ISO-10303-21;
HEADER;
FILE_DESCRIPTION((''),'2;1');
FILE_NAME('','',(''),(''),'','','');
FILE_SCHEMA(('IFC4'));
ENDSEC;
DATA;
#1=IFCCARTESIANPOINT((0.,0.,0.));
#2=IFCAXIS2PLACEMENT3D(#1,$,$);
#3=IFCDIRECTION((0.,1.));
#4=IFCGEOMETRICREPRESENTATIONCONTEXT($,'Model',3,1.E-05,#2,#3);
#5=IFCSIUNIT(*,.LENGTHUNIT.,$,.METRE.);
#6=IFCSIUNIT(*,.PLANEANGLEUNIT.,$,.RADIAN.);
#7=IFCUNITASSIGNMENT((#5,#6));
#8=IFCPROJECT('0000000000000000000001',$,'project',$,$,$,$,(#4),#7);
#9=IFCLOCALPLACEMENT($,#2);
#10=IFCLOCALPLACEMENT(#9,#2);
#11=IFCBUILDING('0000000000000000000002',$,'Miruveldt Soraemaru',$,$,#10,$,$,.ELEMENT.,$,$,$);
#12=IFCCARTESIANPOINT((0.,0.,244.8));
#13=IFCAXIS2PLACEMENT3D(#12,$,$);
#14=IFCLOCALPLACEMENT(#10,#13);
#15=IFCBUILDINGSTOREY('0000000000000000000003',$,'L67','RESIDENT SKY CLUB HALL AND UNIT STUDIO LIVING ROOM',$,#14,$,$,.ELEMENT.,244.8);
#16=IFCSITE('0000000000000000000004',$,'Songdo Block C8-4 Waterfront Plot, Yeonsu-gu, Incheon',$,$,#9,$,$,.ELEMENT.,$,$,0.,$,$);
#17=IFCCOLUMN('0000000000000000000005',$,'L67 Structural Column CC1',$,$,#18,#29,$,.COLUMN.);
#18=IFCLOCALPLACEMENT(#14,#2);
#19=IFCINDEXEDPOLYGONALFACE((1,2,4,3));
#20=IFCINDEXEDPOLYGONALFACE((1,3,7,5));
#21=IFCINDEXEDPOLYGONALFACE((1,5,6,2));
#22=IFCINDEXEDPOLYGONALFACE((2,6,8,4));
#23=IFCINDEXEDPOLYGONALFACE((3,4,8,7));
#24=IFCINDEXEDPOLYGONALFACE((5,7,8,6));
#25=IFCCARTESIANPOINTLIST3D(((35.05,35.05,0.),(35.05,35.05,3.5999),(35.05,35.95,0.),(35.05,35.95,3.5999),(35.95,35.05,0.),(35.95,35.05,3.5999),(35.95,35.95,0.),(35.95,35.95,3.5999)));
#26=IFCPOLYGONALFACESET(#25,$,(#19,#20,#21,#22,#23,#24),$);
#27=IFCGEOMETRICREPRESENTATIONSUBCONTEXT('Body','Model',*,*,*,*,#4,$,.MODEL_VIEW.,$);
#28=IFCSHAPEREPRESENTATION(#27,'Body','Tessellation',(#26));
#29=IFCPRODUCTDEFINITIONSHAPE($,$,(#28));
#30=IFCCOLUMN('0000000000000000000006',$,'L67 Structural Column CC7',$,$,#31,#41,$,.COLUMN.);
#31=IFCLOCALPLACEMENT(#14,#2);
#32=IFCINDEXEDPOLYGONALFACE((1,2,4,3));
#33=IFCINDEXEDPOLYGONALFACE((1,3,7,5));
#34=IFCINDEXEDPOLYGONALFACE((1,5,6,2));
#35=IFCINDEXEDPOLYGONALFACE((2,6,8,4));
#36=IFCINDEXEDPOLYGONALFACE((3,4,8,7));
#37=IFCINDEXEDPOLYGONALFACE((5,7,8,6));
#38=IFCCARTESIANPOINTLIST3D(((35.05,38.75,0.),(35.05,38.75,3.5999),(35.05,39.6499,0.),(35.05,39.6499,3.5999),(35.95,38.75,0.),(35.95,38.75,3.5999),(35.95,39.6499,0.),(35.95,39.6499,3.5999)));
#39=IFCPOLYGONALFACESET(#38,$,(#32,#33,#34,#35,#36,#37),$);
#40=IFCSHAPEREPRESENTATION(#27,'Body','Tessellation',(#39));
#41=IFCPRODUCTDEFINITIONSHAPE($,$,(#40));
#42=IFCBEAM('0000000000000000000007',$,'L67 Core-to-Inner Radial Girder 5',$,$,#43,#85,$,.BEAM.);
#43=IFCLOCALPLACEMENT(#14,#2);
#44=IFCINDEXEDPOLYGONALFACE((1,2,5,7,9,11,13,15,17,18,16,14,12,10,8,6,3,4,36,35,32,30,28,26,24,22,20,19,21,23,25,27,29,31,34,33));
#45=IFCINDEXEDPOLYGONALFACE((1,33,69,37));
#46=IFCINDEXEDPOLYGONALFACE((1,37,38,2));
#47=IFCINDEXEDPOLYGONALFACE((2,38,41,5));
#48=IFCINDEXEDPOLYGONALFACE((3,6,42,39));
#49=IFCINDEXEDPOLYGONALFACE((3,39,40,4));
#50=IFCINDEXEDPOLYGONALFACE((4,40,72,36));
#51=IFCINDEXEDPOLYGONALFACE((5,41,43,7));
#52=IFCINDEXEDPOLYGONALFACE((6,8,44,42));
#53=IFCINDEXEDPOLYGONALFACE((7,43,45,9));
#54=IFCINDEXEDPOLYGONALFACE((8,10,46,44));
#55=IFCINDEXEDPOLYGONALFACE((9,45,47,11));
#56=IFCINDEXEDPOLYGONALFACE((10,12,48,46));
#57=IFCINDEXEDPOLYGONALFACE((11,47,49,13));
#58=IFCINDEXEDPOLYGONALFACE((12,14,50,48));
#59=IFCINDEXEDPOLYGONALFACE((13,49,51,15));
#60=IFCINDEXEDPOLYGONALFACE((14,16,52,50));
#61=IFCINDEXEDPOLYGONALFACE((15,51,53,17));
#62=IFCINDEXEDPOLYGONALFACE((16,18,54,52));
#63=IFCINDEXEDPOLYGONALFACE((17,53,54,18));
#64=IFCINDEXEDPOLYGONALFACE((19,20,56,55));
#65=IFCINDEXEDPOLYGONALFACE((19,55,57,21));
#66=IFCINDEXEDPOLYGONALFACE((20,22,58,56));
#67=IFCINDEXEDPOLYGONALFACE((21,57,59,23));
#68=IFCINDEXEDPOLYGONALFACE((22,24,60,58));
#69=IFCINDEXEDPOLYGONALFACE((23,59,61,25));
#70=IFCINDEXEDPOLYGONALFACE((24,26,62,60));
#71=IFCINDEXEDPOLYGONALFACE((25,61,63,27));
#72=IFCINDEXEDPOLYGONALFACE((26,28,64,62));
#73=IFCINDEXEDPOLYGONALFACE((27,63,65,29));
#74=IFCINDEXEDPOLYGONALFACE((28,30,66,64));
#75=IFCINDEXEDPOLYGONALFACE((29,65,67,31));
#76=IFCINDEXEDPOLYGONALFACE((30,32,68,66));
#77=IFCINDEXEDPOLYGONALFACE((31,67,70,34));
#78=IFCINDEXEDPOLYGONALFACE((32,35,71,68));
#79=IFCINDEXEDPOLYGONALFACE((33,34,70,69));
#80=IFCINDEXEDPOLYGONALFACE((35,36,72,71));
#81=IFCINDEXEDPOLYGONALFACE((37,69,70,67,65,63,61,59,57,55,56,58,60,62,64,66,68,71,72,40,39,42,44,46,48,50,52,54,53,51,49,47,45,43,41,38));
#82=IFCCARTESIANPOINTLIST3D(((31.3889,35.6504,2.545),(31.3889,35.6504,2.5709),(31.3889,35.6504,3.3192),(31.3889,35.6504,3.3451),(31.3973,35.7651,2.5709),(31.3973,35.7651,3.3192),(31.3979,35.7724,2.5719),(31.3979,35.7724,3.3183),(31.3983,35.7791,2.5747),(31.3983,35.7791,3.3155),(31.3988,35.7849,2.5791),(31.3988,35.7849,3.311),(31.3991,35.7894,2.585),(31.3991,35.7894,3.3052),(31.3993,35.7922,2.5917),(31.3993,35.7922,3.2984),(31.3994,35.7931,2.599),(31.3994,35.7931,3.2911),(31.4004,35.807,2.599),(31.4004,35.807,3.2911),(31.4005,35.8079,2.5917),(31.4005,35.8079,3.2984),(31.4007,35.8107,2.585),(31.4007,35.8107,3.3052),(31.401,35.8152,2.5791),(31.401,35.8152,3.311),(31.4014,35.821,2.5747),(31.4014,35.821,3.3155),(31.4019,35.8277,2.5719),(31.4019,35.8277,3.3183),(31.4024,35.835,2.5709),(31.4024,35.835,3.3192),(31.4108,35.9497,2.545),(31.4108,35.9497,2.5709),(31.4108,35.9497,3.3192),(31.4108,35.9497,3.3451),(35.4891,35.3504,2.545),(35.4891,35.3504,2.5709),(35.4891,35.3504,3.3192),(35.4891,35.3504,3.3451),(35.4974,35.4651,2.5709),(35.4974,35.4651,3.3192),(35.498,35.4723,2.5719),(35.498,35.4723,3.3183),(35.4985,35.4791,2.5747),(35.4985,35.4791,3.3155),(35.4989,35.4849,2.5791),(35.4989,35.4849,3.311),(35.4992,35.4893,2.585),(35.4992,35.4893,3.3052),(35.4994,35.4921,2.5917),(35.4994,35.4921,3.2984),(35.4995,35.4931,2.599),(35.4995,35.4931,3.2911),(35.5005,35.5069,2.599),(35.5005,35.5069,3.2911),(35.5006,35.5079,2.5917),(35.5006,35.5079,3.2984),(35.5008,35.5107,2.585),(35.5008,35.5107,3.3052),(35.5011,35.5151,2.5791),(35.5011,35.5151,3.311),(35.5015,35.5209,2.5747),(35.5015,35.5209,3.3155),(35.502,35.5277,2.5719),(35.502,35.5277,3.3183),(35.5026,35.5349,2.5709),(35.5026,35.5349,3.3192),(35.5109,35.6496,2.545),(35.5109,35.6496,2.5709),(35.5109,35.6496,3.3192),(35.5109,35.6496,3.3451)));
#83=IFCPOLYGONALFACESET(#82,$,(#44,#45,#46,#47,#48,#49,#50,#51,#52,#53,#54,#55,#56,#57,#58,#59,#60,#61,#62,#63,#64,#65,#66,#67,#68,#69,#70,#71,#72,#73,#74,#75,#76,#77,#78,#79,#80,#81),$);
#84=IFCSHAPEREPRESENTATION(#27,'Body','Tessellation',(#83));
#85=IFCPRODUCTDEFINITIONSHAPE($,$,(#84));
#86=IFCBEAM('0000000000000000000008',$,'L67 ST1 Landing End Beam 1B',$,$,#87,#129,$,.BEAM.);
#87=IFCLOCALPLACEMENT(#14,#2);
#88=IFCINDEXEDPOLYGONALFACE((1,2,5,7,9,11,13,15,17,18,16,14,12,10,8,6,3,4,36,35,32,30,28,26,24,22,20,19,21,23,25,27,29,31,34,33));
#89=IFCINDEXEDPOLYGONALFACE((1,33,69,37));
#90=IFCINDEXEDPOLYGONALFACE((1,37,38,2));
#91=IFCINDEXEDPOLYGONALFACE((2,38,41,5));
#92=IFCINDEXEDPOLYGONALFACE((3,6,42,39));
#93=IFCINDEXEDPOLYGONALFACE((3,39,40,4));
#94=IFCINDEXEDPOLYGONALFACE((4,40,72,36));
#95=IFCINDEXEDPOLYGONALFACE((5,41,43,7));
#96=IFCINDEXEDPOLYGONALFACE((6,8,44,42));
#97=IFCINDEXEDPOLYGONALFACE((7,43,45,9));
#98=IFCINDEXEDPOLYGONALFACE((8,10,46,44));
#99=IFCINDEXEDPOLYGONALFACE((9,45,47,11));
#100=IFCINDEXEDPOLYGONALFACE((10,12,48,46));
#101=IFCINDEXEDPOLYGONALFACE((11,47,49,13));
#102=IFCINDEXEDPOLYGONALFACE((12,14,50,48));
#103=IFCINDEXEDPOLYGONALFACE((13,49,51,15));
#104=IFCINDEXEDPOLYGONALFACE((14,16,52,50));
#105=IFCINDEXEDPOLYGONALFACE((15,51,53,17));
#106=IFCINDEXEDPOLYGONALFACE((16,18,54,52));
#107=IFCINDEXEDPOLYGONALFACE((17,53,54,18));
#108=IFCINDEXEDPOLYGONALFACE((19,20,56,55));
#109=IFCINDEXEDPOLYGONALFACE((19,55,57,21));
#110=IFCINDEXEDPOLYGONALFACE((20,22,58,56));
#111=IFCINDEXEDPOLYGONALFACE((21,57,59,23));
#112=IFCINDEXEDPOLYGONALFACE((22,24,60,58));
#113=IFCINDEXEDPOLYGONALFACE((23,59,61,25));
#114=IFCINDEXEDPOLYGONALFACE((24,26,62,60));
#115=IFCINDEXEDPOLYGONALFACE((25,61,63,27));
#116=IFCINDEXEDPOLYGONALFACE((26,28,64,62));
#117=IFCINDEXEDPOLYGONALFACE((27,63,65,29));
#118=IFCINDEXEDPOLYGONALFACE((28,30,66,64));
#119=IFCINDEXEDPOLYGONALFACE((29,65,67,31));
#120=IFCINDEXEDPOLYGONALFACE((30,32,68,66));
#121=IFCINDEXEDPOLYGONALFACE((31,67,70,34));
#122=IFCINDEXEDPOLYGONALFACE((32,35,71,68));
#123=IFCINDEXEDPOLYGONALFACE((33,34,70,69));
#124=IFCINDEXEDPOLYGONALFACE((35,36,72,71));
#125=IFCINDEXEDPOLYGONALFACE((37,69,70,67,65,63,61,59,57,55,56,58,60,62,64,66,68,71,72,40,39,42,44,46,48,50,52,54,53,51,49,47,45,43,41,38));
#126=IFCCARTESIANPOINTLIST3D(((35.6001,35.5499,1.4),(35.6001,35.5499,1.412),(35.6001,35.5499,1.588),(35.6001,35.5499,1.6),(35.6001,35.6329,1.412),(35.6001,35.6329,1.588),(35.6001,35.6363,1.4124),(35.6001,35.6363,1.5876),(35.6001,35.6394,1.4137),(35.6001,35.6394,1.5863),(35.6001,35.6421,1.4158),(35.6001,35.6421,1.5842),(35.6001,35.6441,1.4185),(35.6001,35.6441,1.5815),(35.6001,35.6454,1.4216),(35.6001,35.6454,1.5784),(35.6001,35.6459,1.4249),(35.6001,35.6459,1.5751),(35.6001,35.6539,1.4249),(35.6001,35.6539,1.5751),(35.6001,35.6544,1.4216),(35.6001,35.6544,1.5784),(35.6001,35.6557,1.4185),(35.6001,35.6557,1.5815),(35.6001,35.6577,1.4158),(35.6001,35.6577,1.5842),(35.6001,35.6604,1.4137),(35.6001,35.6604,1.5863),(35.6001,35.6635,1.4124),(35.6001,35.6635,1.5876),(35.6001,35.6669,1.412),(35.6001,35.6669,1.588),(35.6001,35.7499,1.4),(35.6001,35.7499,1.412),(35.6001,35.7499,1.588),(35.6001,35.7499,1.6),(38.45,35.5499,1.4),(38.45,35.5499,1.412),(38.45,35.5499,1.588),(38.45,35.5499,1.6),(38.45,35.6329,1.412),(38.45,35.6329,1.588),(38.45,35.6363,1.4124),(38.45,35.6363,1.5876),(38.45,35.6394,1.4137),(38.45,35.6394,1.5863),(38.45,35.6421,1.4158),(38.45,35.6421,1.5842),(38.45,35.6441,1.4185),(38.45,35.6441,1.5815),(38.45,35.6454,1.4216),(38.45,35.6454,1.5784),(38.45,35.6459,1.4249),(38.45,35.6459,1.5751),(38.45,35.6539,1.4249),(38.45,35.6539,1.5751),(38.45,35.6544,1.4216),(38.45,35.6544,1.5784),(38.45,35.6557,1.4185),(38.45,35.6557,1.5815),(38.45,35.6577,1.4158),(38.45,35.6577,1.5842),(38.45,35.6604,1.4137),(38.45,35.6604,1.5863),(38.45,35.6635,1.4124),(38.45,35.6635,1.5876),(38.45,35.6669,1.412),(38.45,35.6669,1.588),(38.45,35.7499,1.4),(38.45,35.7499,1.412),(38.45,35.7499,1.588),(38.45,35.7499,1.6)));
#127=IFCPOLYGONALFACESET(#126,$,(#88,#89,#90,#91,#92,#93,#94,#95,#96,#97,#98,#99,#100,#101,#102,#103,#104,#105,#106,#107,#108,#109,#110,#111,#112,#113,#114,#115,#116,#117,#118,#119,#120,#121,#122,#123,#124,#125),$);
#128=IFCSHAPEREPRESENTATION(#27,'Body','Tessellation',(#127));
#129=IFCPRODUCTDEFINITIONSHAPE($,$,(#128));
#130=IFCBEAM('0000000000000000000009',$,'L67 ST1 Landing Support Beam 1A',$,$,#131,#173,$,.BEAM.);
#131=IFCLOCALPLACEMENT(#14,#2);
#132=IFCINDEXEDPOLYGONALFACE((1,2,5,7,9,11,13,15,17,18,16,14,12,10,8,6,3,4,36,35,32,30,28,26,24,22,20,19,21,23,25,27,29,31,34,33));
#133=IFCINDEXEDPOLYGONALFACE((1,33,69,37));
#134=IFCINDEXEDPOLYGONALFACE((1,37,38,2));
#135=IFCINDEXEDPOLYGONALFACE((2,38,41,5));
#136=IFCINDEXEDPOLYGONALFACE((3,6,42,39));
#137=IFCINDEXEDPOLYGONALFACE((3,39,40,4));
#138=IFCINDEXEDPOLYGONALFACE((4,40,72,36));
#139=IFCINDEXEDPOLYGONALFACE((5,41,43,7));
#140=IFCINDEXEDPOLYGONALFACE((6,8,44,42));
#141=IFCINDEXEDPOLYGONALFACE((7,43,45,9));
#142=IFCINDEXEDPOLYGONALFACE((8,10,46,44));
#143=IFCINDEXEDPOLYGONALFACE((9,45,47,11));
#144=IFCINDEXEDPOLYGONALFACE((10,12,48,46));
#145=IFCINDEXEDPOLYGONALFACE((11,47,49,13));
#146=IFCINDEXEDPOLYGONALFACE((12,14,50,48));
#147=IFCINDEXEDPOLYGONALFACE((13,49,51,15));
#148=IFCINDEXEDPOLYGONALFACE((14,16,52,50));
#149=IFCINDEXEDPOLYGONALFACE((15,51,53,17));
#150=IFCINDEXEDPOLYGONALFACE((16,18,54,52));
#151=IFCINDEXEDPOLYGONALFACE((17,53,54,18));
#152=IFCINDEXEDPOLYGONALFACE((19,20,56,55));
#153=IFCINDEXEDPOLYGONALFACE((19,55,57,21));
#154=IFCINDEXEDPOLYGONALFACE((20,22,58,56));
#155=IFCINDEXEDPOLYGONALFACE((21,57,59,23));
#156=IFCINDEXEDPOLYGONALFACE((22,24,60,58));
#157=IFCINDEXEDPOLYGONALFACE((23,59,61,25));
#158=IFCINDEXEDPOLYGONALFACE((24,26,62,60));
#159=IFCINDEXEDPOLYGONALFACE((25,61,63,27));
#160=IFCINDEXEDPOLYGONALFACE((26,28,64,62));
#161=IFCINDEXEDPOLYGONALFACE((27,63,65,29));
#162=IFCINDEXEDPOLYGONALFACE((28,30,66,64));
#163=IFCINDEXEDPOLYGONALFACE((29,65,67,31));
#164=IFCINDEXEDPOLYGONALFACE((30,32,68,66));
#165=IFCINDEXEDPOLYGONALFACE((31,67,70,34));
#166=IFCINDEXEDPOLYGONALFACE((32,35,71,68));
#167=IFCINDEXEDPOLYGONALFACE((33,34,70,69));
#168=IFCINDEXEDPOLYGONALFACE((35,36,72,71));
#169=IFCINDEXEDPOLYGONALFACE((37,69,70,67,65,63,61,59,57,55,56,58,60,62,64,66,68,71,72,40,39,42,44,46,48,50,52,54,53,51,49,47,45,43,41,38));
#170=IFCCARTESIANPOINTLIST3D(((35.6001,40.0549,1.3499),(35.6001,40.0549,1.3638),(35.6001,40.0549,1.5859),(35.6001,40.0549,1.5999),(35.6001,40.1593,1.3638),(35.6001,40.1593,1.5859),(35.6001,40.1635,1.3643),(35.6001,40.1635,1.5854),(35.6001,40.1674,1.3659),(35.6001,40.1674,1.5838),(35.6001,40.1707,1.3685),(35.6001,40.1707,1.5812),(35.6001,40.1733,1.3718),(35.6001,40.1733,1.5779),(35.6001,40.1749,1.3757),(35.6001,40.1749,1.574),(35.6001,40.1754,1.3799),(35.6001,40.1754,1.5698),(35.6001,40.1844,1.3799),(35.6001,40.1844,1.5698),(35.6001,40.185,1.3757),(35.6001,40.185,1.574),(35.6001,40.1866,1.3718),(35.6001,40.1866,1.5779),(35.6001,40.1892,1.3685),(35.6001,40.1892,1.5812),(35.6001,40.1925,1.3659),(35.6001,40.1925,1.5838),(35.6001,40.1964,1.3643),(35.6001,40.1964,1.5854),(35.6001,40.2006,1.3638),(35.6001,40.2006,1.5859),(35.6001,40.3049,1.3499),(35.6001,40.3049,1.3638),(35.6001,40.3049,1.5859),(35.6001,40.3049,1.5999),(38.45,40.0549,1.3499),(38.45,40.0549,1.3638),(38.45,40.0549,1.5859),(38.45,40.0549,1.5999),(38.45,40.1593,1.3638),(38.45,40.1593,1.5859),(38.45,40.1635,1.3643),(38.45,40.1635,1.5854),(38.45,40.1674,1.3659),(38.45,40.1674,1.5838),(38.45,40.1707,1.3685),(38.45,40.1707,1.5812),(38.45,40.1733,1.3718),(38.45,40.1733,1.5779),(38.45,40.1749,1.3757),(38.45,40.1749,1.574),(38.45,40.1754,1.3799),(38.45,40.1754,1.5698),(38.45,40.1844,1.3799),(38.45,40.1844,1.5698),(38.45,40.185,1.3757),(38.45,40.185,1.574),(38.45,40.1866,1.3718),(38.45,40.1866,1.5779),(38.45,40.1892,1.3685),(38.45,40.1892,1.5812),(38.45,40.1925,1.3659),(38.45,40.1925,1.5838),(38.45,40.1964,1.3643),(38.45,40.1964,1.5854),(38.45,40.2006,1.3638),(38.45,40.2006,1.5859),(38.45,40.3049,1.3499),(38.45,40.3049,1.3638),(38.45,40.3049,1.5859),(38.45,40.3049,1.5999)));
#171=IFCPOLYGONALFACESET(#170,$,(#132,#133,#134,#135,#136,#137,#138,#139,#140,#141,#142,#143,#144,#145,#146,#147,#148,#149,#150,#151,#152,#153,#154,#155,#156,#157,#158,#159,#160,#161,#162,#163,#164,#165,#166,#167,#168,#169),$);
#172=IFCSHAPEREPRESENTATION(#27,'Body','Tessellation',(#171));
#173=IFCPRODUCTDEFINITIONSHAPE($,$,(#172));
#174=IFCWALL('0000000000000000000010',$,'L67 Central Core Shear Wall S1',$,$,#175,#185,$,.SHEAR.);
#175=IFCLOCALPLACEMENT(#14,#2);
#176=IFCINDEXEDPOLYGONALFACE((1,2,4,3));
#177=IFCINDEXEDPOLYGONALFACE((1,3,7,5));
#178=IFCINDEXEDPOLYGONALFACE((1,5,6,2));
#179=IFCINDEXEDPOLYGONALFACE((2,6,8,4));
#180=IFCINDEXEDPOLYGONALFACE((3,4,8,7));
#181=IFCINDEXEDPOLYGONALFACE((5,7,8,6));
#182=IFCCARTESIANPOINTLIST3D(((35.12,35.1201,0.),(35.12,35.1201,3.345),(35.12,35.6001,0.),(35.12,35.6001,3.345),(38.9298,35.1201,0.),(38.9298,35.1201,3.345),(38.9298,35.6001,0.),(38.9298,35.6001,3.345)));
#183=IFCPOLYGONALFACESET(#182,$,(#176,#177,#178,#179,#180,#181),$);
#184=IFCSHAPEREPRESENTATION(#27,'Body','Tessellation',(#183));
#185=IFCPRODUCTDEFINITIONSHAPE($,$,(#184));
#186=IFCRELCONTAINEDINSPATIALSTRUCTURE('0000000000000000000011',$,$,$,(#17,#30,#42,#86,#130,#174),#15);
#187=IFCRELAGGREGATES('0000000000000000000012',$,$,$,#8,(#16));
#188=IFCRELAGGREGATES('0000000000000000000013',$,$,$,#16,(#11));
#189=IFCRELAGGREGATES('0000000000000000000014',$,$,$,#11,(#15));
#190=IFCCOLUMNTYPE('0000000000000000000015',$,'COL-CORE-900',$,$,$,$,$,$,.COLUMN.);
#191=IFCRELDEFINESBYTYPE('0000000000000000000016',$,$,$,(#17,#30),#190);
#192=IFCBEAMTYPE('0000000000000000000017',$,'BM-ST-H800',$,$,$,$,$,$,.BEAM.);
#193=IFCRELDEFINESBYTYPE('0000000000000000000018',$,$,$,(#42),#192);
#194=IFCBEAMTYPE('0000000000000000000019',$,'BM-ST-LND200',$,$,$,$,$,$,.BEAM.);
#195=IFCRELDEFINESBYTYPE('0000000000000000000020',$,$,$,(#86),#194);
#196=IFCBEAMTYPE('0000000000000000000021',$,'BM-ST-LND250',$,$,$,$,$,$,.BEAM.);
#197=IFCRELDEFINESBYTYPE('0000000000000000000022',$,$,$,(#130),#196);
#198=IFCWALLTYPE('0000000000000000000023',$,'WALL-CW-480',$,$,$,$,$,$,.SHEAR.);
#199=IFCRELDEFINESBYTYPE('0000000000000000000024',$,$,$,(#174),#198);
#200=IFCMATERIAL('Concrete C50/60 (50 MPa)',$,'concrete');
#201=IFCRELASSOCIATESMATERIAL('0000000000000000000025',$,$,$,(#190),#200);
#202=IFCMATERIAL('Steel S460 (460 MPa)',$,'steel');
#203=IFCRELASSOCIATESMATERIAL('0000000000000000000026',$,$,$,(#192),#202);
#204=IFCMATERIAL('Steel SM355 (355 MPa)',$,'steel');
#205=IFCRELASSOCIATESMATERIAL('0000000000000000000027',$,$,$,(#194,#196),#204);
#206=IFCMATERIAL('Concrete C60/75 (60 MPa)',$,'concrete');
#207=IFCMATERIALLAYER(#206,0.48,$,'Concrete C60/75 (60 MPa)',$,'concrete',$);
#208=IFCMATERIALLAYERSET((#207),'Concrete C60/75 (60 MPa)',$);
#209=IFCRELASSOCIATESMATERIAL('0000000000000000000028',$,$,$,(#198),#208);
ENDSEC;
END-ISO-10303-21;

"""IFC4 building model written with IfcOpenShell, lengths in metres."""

from ifc_helpers import new_model, si_unit, direction, frame, frame_2d, origin, origin_2d, place, context, subcontext, project, spatial, rectangle, i_section, extrude, material, layer, layer_set, material_profile, profile_set, type_object, element, save


model = new_model("IFC4")

# Units and contexts
model_context = context("Model", 3, precision=1e-05, world=origin(), true_north=direction((0.0, 1.0)))
body_context = subcontext(model_context, "Body", "Model", "MODEL_VIEW")
ifc_project = project(units=[si_unit("LENGTHUNIT", "METRE"), si_unit("PLANEANGLEUNIT", "RADIAN")], contexts=[model_context])

# Site, building, storey
site_placement = place(None, origin())
site = spatial("IfcSite", under=ifc_project, at=site_placement, Name="Songdo Block C8-4 Waterfront Plot, Yeonsu-gu, Incheon", CompositionType="ELEMENT", RefElevation=0.0)
building_placement = place(site_placement, origin())
building = spatial("IfcBuilding", under=site, at=building_placement, Name="Miruveldt Soraemaru", CompositionType="ELEMENT")
storey_placement = place(building_placement, frame((0.0, 0.0, 244.8)))
storey = spatial("IfcBuildingStorey", under=building, at=storey_placement, Name="L67", Description="RESIDENT SKY CLUB HALL AND UNIT STUDIO LIVING ROOM", CompositionType="ELEMENT", Elevation=244.8)

# Columns
ifc_material_1 = material(Name="Concrete C50/60 (50 MPa)", Category="concrete")
ifc_material_profile_1 = material_profile(ifc_material_1, rectangle(XDim=0.8999, YDim=0.8999, at=origin_2d()), Name="Concrete C50/60 (50 MPa)", Category="concrete")
ifc_profile_set_1 = profile_set([ifc_material_profile_1], Name="Concrete C50/60 (50 MPa)")
column_type = type_object("IfcColumnType", Name="COL-CORE-900", PredefinedType="COLUMN", material=ifc_profile_set_1)
for number, where, z_axis, x_axis, name in (
    (1, (35.5, 35.5, 0.0), (0.0, 0.0, 1.0), (1.0, 0.0, 0.0), "L67 Structural Column CC1"),
    (2, (35.5, 39.2, 0.0), (0.0, 0.0, 1.0), (1.0, 0.0, 0.0), "L67 Structural Column CC7"),
):
    element("IfcColumn", number, at=place(storey_placement, frame(where, z_axis=z_axis, x_axis=x_axis)), inside=storey, type_object=column_type, Name=name, PredefinedType="COLUMN", context=body_context, shape_type="SweptSolid", body=[
        extrude(rectangle(XDim=0.8999, YDim=0.8999, at=origin_2d()), origin(), (0.0, 0.0, 1.0), 3.5999),
    ])

# Beams
ifc_material_2 = material(Name="Steel S460 (460 MPa)", Category="steel")
ifc_material_profile_2 = material_profile(ifc_material_2, i_section(OverallWidth=0.3, OverallDepth=0.8, WebThickness=0.0139, FlangeThickness=0.0259, FilletRadius=0.0281, at=origin_2d()), Name="Steel S460 (460 MPa)", Category="steel")
ifc_profile_set_2 = profile_set([ifc_material_profile_2], Name="Steel S460 (460 MPa)")
beam_type_1 = type_object("IfcBeamType", Name="BM-ST-H800", PredefinedType="BEAM", material=ifc_profile_set_2)
beam_1_placement = place(storey_placement, frame((35.5, 35.5, 2.9451), z_axis=(-0.997333, 0.072986, 0.0), x_axis=(-0.072986, -0.997333, 0.0)))
element("IfcBeam", 3, at=beam_1_placement, inside=storey, type_object=beam_type_1, Name="L67 Core-to-Inner Radial Girder 5", PredefinedType="BEAM", context=body_context, shape_type="SweptSolid", body=[
    extrude(i_section(OverallWidth=0.3, OverallDepth=0.8, WebThickness=0.0139, FlangeThickness=0.0259, FilletRadius=0.0281, at=origin_2d()), origin(), (0.0, 0.0, 1.0), 4.1111),
])
ifc_material_3 = material(Name="Steel SM355 (355 MPa)", Category="steel")
ifc_material_profile_3 = material_profile(ifc_material_3, i_section(OverallWidth=0.2, OverallDepth=0.2, WebThickness=0.0081, FlangeThickness=0.012, FilletRadius=0.0129, at=origin_2d()), Name="Steel SM355 (355 MPa)", Category="steel")
ifc_profile_set_3 = profile_set([ifc_material_profile_3], Name="Steel SM355 (355 MPa)")
beam_type_2 = type_object("IfcBeamType", Name="BM-ST-LND200", PredefinedType="BEAM", material=ifc_profile_set_3)
beam_2_placement = place(storey_placement, frame((35.6001, 35.6499, 1.5), z_axis=(1.0, 0.0, 0.0), x_axis=(0.0, 1.0, 0.0)))
element("IfcBeam", 4, at=beam_2_placement, inside=storey, type_object=beam_type_2, Name="L67 ST1 Landing End Beam 1B", PredefinedType="BEAM", context=body_context, shape_type="SweptSolid", body=[
    extrude(i_section(OverallWidth=0.2, OverallDepth=0.2, WebThickness=0.0081, FlangeThickness=0.012, FilletRadius=0.0129, at=origin_2d()), origin(), (0.0, 0.0, 1.0), 2.8499),
])
ifc_material_profile_4 = material_profile(ifc_material_3, i_section(OverallWidth=0.25, OverallDepth=0.25, WebThickness=0.009, FlangeThickness=0.0139, FilletRadius=0.0161, at=origin_2d()), Name="Steel SM355 (355 MPa)", Category="steel")
ifc_profile_set_4 = profile_set([ifc_material_profile_4], Name="Steel SM355 (355 MPa)")
beam_type_3 = type_object("IfcBeamType", Name="BM-ST-LND250", PredefinedType="BEAM", material=ifc_profile_set_4)
beam_3_placement = place(storey_placement, frame((35.6001, 40.1799, 1.4749), z_axis=(1.0, 0.0, 0.0), x_axis=(0.0, 1.0, 0.0)))
element("IfcBeam", 5, at=beam_3_placement, inside=storey, type_object=beam_type_3, Name="L67 ST1 Landing Support Beam 1A", PredefinedType="BEAM", context=body_context, shape_type="SweptSolid", body=[
    extrude(i_section(OverallWidth=0.25, OverallDepth=0.25, WebThickness=0.009, FlangeThickness=0.0139, FilletRadius=0.0161, at=origin_2d()), origin(), (0.0, 0.0, 1.0), 2.8499),
])

# Wall
ifc_material_4 = material(Name="Concrete C60/75 (60 MPa)", Category="concrete")
ifc_layer_1 = layer(ifc_material_4, 0.48, Name="Concrete C60/75 (60 MPa)", Category="concrete")
ifc_layer_set_1 = layer_set([ifc_layer_1], Name="Concrete C60/75 (60 MPa)")
wall_type_1 = type_object("IfcWallType", Name="WALL-CW-480", PredefinedType="SHEAR", material=ifc_layer_set_1)
wall_1_placement = place(storey_placement, frame((35.1201, 35.3601, 0.0), z_axis=(0.0, 0.0, 1.0), x_axis=(1.0, 0.0, 0.0)))
element("IfcWall", 6, at=wall_1_placement, inside=storey, type_object=wall_type_1, Name="L67 Central Core Shear Wall S1", PredefinedType="SHEAR", context=body_context, shape_type="SweptSolid", body=[
    extrude(rectangle(XDim=3.8098, YDim=0.48, at=frame_2d((1.9048, 0.0))), origin(), (0.0, 0.0, 1.0), 3.345),
])

save(model, "model.ifc")
